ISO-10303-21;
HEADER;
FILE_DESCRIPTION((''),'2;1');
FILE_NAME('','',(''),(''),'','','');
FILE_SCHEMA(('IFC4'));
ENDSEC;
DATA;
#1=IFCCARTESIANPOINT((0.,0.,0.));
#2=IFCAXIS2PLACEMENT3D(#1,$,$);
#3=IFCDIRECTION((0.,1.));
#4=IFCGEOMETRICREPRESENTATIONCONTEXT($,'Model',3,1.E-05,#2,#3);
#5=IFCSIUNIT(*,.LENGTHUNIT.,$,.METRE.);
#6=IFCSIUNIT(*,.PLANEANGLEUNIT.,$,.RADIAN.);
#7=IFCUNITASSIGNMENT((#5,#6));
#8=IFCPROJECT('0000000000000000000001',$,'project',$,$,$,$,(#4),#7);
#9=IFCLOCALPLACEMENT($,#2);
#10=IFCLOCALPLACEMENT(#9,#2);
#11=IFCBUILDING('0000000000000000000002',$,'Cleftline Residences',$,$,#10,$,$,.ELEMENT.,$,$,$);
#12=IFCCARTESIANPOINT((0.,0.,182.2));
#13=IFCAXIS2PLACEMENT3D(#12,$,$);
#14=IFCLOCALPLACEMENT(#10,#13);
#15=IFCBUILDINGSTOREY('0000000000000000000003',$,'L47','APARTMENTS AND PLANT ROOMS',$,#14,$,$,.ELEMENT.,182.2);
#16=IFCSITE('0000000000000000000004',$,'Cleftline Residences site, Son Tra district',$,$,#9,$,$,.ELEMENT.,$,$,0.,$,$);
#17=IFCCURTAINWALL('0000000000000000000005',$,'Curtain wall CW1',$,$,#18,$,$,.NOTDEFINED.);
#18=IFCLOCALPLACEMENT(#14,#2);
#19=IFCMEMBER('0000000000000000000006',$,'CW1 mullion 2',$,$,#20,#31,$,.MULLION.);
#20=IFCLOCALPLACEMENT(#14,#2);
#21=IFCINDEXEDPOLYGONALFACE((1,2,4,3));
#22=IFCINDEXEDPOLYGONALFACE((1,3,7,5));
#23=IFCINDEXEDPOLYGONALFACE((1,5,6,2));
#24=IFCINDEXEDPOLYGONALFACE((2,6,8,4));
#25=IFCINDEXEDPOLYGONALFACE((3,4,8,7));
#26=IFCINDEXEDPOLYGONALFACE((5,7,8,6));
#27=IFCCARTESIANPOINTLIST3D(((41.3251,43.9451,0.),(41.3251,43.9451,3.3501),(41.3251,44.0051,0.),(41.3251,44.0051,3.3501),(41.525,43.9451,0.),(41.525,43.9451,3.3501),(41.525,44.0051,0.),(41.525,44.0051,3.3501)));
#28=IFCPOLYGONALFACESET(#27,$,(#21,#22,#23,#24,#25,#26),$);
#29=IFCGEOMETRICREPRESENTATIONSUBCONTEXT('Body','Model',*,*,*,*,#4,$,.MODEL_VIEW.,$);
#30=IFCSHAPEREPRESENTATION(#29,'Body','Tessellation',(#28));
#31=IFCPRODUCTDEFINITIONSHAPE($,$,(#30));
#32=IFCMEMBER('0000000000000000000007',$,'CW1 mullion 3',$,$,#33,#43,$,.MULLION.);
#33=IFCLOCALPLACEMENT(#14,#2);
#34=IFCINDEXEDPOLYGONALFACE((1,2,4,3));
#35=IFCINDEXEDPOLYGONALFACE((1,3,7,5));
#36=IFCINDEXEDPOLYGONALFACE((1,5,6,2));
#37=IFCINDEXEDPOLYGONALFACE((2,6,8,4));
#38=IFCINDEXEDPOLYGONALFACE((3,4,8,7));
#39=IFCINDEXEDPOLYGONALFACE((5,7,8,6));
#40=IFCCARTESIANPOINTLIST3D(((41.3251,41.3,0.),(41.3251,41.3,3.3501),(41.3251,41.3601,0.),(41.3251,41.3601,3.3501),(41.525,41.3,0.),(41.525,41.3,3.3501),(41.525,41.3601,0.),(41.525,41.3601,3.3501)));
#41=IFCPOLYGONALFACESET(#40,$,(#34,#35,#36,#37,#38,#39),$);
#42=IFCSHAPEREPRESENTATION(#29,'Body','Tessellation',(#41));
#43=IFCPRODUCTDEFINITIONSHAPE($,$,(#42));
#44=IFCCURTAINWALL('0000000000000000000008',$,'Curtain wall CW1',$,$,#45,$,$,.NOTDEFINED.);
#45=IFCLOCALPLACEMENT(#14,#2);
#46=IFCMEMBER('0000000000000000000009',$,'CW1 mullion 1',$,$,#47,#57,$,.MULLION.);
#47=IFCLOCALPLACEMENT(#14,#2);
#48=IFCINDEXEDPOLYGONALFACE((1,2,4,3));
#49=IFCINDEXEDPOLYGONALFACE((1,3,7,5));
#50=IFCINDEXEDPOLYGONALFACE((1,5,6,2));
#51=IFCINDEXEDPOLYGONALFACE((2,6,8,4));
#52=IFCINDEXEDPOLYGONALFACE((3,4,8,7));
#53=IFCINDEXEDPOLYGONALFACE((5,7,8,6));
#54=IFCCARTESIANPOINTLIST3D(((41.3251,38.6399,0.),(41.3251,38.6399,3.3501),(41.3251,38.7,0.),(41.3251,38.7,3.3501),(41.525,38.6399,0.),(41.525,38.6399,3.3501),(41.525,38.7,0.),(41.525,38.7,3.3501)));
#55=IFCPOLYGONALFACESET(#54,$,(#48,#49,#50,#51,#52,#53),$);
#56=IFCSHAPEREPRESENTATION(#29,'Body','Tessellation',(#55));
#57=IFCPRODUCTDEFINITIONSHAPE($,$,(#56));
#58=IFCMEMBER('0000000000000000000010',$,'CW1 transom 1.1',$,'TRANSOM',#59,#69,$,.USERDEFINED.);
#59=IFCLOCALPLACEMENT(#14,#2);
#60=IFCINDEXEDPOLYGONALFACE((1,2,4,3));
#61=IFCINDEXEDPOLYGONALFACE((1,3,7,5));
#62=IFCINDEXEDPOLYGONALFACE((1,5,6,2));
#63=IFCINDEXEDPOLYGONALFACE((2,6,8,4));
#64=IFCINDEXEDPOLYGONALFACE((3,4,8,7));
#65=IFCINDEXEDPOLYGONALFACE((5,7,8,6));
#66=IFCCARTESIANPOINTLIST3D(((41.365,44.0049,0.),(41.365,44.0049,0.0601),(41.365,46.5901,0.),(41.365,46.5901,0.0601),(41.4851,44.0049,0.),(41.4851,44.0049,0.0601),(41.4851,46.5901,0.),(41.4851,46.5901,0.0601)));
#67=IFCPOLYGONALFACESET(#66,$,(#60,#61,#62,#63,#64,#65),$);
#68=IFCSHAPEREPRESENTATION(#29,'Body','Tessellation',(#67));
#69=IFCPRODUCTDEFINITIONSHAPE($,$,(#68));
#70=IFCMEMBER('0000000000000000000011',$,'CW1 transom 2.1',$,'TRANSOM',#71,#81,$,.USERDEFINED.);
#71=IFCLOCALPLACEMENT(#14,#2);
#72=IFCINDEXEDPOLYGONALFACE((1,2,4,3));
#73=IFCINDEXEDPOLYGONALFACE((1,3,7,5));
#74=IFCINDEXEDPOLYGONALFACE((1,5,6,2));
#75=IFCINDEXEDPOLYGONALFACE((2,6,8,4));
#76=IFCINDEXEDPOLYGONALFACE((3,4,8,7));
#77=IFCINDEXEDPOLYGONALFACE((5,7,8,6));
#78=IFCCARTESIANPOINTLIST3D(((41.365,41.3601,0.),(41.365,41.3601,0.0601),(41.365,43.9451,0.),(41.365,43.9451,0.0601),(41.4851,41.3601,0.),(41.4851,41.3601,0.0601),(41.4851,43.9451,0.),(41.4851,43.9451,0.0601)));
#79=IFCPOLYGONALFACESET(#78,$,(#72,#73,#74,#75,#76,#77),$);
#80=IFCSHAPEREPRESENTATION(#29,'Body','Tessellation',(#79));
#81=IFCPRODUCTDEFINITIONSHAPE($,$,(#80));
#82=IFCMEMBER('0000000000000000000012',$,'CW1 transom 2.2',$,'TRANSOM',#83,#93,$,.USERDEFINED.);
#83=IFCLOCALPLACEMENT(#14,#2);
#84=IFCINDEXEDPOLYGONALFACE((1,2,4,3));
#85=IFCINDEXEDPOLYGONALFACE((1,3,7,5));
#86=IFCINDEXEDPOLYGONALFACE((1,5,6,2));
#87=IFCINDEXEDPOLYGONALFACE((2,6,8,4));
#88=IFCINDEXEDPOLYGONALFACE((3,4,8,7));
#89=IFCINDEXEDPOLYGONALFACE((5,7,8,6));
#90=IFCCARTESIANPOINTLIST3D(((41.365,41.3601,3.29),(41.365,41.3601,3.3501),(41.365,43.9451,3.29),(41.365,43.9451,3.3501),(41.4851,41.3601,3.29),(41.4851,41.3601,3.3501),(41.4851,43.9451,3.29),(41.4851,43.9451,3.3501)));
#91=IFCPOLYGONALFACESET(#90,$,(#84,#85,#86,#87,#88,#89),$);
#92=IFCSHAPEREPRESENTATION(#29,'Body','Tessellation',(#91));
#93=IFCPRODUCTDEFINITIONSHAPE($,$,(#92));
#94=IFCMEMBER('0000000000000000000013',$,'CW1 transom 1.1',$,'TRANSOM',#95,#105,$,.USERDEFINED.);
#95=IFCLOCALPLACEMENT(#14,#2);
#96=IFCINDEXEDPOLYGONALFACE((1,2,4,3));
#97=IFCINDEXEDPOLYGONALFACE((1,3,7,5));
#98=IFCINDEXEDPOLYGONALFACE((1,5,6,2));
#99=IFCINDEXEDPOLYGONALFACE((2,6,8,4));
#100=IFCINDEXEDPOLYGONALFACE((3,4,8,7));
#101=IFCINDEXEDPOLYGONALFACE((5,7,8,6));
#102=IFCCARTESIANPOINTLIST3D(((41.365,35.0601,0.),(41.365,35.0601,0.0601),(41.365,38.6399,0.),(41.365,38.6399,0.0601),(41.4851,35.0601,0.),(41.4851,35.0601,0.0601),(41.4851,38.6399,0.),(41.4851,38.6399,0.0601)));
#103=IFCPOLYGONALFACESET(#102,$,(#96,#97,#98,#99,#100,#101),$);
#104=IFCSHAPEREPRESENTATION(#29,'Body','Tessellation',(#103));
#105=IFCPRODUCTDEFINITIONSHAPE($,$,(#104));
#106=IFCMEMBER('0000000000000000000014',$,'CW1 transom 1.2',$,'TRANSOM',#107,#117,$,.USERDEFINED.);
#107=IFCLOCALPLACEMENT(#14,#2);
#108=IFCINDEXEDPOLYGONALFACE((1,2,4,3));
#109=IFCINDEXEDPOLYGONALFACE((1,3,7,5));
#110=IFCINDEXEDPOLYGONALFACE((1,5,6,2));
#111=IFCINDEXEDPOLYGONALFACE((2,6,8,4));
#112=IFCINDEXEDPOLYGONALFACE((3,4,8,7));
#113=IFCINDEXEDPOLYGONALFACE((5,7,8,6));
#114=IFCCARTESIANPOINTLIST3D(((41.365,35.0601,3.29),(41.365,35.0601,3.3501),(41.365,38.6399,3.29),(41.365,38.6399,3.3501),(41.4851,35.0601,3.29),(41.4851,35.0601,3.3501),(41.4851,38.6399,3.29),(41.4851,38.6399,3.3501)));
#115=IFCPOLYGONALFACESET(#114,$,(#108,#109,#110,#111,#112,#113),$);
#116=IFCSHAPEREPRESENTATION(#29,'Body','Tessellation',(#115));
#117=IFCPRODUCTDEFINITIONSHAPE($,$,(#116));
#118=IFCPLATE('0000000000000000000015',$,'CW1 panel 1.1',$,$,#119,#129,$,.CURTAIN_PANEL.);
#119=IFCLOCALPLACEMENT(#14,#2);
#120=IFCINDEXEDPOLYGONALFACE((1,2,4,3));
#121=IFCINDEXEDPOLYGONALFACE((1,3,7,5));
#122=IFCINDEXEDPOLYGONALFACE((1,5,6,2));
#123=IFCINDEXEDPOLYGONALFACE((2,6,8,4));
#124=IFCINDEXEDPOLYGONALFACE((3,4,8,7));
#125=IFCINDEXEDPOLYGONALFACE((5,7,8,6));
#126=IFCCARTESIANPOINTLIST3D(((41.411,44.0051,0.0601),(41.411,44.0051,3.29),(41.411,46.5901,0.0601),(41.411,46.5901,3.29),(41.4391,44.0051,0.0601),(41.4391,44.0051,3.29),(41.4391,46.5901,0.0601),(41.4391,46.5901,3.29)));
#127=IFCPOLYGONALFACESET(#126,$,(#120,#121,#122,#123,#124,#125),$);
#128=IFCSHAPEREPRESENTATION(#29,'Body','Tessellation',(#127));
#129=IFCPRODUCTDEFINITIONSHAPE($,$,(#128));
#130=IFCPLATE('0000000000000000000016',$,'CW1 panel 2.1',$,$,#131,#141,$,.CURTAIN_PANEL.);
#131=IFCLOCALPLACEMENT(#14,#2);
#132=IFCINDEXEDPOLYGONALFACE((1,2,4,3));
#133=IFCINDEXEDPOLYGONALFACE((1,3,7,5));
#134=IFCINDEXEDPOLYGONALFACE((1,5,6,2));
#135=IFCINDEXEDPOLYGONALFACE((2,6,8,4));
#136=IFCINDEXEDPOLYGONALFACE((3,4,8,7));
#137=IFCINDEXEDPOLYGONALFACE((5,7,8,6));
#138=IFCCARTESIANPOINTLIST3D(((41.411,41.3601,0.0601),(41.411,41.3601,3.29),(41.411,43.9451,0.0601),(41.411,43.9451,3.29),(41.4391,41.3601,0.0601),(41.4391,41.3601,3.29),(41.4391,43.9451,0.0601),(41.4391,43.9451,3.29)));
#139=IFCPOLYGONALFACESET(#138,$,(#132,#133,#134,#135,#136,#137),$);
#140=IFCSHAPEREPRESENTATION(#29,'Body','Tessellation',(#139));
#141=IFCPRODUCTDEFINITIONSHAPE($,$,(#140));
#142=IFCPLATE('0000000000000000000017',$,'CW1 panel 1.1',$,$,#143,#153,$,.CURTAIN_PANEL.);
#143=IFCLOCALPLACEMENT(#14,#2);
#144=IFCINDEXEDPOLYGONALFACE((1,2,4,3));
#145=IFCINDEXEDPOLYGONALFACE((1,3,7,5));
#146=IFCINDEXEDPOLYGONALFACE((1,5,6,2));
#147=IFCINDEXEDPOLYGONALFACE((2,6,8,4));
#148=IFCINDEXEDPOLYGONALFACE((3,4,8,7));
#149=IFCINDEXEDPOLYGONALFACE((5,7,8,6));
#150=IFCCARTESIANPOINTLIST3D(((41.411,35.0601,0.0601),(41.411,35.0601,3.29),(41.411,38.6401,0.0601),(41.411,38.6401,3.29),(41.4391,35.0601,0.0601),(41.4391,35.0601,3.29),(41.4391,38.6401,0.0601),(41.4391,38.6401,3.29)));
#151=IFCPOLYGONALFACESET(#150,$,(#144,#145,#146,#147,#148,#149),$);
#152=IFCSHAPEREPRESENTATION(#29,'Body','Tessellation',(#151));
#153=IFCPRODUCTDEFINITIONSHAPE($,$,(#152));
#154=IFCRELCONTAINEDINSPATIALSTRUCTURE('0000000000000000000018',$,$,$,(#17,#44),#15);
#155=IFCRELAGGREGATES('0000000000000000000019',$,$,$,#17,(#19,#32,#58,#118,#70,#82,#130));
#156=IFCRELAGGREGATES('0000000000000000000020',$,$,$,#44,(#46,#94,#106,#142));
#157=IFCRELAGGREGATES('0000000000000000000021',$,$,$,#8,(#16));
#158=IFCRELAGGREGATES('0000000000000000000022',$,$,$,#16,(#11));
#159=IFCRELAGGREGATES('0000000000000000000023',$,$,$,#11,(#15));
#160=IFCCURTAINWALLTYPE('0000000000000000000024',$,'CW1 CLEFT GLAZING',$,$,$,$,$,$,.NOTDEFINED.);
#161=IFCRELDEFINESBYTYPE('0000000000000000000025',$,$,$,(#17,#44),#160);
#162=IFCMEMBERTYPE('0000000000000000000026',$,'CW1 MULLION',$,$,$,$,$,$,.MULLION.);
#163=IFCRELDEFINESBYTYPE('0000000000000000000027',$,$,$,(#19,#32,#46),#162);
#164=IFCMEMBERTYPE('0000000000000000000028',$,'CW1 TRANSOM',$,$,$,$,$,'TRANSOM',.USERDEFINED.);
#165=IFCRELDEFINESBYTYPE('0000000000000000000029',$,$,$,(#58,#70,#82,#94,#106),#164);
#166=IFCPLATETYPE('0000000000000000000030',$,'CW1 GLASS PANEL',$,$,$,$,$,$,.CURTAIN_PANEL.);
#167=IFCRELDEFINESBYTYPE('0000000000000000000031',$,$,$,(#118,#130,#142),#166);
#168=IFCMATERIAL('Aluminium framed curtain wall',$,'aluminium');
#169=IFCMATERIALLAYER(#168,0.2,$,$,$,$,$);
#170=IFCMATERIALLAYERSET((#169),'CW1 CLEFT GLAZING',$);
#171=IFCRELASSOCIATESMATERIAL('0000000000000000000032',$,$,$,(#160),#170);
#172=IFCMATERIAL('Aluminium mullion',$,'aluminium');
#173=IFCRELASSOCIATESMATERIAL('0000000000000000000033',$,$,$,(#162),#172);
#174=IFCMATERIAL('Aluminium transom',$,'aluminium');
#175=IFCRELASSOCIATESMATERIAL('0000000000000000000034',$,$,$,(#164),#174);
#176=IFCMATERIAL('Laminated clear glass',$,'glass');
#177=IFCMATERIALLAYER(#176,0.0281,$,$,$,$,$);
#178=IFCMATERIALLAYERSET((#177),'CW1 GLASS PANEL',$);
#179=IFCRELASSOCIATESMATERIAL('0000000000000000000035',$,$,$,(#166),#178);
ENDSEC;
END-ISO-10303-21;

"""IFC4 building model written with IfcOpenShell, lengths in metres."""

from ifc_helpers import new_model, si_unit, direction, frame, origin, origin_2d, place, context, subcontext, project, spatial, rectangle, extrude, material, layer, layer_set, material_profile, profile_set, type_object, element, aggregate, save


model = new_model("IFC4")

# Units and contexts
model_context = context("Model", 3, precision=1e-05, world=origin(), true_north=direction((0.0, 1.0)))
body_context = subcontext(model_context, "Body", "Model", "MODEL_VIEW")
ifc_project = project(units=[si_unit("LENGTHUNIT", "METRE"), si_unit("PLANEANGLEUNIT", "RADIAN")], contexts=[model_context])

# Site, building, storey
site_placement = place(None, origin())
site = spatial("IfcSite", under=ifc_project, at=site_placement, Name="Cleftline Residences site, Son Tra district", CompositionType="ELEMENT", RefElevation=0.0)
building_placement = place(site_placement, origin())
building = spatial("IfcBuilding", under=site, at=building_placement, Name="Cleftline Residences", CompositionType="ELEMENT")
storey_placement = place(building_placement, frame((0.0, 0.0, 182.2)))
storey = spatial("IfcBuildingStorey", under=building, at=storey_placement, Name="L47", Description="APARTMENTS AND PLANT ROOMS", CompositionType="ELEMENT", Elevation=182.2)

# Curtain wall, members
ifc_material_1 = material(Name="Aluminium framed curtain wall", Category="aluminium")
ifc_layer_1 = layer(ifc_material_1, 0.2)
ifc_layer_set_1 = layer_set([ifc_layer_1], Name="CW1 CLEFT GLAZING")
curtain_wall_type = type_object("IfcCurtainWallType", Name="CW1 CLEFT GLAZING", PredefinedType="NOTDEFINED", material=ifc_layer_set_1)
curtain_wall_1_placement = place(storey_placement, origin())
curtain_wall_1 = element("IfcCurtainWall", 1, at=curtain_wall_1_placement, inside=storey, type_object=curtain_wall_type, Name="Curtain wall CW1", PredefinedType="NOTDEFINED")
ifc_material_2 = material(Name="Aluminium mullion", Category="aluminium")
ifc_material_profile_1 = material_profile(ifc_material_2, rectangle(XDim=0.2, YDim=0.0601, at=origin_2d()))
ifc_profile_set_1 = profile_set([ifc_material_profile_1], Name="Aluminium mullion")
member_type_1 = type_object("IfcMemberType", Name="CW1 MULLION", PredefinedType="MULLION", material=ifc_profile_set_1)
member_1_placement = place(storey_placement, frame((41.425, 43.9751, 0.0), z_axis=(0.0, 0.0, 1.0), x_axis=(1.0, 0.0, 0.0)))
member_1 = element("IfcMember", 2, at=member_1_placement, type_object=member_type_1, Name="CW1 mullion 2", PredefinedType="MULLION", context=body_context, shape_type="SweptSolid", body=[
    extrude(rectangle(XDim=0.2, YDim=0.0601, at=origin_2d()), origin(), (0.0, 0.0, 1.0), 3.3501),
])
member_2_placement = place(storey_placement, frame((41.425, 41.3301, 0.0), z_axis=(0.0, 0.0, 1.0), x_axis=(1.0, 0.0, 0.0)))
member_2 = element("IfcMember", 3, at=member_2_placement, type_object=member_type_1, Name="CW1 mullion 3", PredefinedType="MULLION", context=body_context, shape_type="SweptSolid", body=[
    extrude(rectangle(XDim=0.2, YDim=0.0601, at=origin_2d()), origin(), (0.0, 0.0, 1.0), 3.3501),
])

# Curtain wall, member
curtain_wall_2_placement = place(storey_placement, origin())
curtain_wall_2 = element("IfcCurtainWall", 4, at=curtain_wall_2_placement, inside=storey, type_object=curtain_wall_type, Name="Curtain wall CW1", PredefinedType="NOTDEFINED")
member_3_placement = place(storey_placement, frame((41.425, 38.6699, 0.0), z_axis=(0.0, 0.0, 1.0), x_axis=(1.0, 0.0, 0.0)))
member_3 = element("IfcMember", 5, at=member_3_placement, type_object=member_type_1, Name="CW1 mullion 1", PredefinedType="MULLION", context=body_context, shape_type="SweptSolid", body=[
    extrude(rectangle(XDim=0.2, YDim=0.0601, at=origin_2d()), origin(), (0.0, 0.0, 1.0), 3.3501),
])

# Members
ifc_material_3 = material(Name="Aluminium transom", Category="aluminium")
ifc_material_profile_2 = material_profile(ifc_material_3, rectangle(XDim=0.1201, YDim=0.0601, at=origin_2d()))
ifc_profile_set_2 = profile_set([ifc_material_profile_2], Name="Aluminium transom")
member_type_2 = type_object("IfcMemberType", Name="CW1 TRANSOM", ElementType="TRANSOM", PredefinedType="USERDEFINED", material=ifc_profile_set_2)
member_4_placement = place(storey_placement, frame((41.425, 46.5901, 0.03), z_axis=(0.0, -1.0, 0.0), x_axis=(1.0, 0.0, 0.0)))
member_4 = element("IfcMember", 6, at=member_4_placement, type_object=member_type_2, Name="CW1 transom 1.1", ObjectType="TRANSOM", PredefinedType="USERDEFINED", context=body_context, shape_type="SweptSolid", body=[
    extrude(rectangle(XDim=0.1201, YDim=0.0601, at=origin_2d()), origin(), (0.0, 0.0, 1.0), 2.5852),
])
member_5_placement = place(storey_placement, frame((41.425, 43.9451, 0.03), z_axis=(0.0, -1.0, 0.0), x_axis=(1.0, 0.0, 0.0)))
member_5 = element("IfcMember", 7, at=member_5_placement, type_object=member_type_2, Name="CW1 transom 2.1", ObjectType="TRANSOM", PredefinedType="USERDEFINED", context=body_context, shape_type="SweptSolid", body=[
    extrude(rectangle(XDim=0.1201, YDim=0.0601, at=origin_2d()), origin(), (0.0, 0.0, 1.0), 2.585),
])
member_6_placement = place(storey_placement, frame((41.425, 43.9451, 3.3201), z_axis=(0.0, -1.0, 0.0), x_axis=(1.0, 0.0, 0.0)))
member_6 = element("IfcMember", 8, at=member_6_placement, type_object=member_type_2, Name="CW1 transom 2.2", ObjectType="TRANSOM", PredefinedType="USERDEFINED", context=body_context, shape_type="SweptSolid", body=[
    extrude(rectangle(XDim=0.1201, YDim=0.0601, at=origin_2d()), origin(), (0.0, 0.0, 1.0), 2.585),
])
member_7_placement = place(storey_placement, frame((41.425, 38.6399, 0.03), z_axis=(0.0, -1.0, 0.0), x_axis=(1.0, 0.0, 0.0)))
member_7 = element("IfcMember", 9, at=member_7_placement, type_object=member_type_2, Name="CW1 transom 1.1", ObjectType="TRANSOM", PredefinedType="USERDEFINED", context=body_context, shape_type="SweptSolid", body=[
    extrude(rectangle(XDim=0.1201, YDim=0.0601, at=origin_2d()), origin(), (0.0, 0.0, 1.0), 3.5798),
])
member_8_placement = place(storey_placement, frame((41.425, 38.6399, 3.3201), z_axis=(0.0, -1.0, 0.0), x_axis=(1.0, 0.0, 0.0)))
member_8 = element("IfcMember", 10, at=member_8_placement, type_object=member_type_2, Name="CW1 transom 1.2", ObjectType="TRANSOM", PredefinedType="USERDEFINED", context=body_context, shape_type="SweptSolid", body=[
    extrude(rectangle(XDim=0.1201, YDim=0.0601, at=origin_2d()), origin(), (0.0, 0.0, 1.0), 3.5798),
])

# Plates
ifc_material_4 = material(Name="Laminated clear glass", Category="glass")
ifc_layer_2 = layer(ifc_material_4, 0.0281)
ifc_layer_set_2 = layer_set([ifc_layer_2], Name="CW1 GLASS PANEL")
plate_type = type_object("IfcPlateType", Name="CW1 GLASS PANEL", PredefinedType="CURTAIN_PANEL", material=ifc_layer_set_2)
plate_1_placement = place(storey_placement, frame((41.425, 45.2976, 0.0601), z_axis=(0.0, 0.0, 1.0), x_axis=(0.0, -1.0, 0.0)))
plate_1 = element("IfcPlate", 11, at=plate_1_placement, type_object=plate_type, Name="CW1 panel 1.1", PredefinedType="CURTAIN_PANEL", context=body_context, shape_type="SweptSolid", body=[
    extrude(rectangle(XDim=2.585, YDim=0.0281, at=origin_2d()), origin(), (0.0, 0.0, 1.0), 3.23),
])
plate_2_placement = place(storey_placement, frame((41.425, 42.6526, 0.0601), z_axis=(0.0, 0.0, 1.0), x_axis=(0.0, -1.0, 0.0)))
plate_2 = element("IfcPlate", 12, at=plate_2_placement, type_object=plate_type, Name="CW1 panel 2.1", PredefinedType="CURTAIN_PANEL", context=body_context, shape_type="SweptSolid", body=[
    extrude(rectangle(XDim=2.585, YDim=0.0281, at=origin_2d()), origin(), (0.0, 0.0, 1.0), 3.23),
])
aggregate(curtain_wall_1, [member_1, member_2, member_4, plate_1, member_5, member_6, plate_2])
plate_3_placement = place(storey_placement, frame((41.425, 36.8501, 0.0601), z_axis=(0.0, 0.0, 1.0), x_axis=(0.0, -1.0, 0.0)))
plate_3 = element("IfcPlate", 13, at=plate_3_placement, type_object=plate_type, Name="CW1 panel 1.1", PredefinedType="CURTAIN_PANEL", context=body_context, shape_type="SweptSolid", body=[
    extrude(rectangle(XDim=3.5801, YDim=0.0281, at=origin_2d()), origin(), (0.0, 0.0, 1.0), 3.23),
])
aggregate(curtain_wall_2, [member_3, member_7, member_8, plate_3])

save(model, "model.ifc")
